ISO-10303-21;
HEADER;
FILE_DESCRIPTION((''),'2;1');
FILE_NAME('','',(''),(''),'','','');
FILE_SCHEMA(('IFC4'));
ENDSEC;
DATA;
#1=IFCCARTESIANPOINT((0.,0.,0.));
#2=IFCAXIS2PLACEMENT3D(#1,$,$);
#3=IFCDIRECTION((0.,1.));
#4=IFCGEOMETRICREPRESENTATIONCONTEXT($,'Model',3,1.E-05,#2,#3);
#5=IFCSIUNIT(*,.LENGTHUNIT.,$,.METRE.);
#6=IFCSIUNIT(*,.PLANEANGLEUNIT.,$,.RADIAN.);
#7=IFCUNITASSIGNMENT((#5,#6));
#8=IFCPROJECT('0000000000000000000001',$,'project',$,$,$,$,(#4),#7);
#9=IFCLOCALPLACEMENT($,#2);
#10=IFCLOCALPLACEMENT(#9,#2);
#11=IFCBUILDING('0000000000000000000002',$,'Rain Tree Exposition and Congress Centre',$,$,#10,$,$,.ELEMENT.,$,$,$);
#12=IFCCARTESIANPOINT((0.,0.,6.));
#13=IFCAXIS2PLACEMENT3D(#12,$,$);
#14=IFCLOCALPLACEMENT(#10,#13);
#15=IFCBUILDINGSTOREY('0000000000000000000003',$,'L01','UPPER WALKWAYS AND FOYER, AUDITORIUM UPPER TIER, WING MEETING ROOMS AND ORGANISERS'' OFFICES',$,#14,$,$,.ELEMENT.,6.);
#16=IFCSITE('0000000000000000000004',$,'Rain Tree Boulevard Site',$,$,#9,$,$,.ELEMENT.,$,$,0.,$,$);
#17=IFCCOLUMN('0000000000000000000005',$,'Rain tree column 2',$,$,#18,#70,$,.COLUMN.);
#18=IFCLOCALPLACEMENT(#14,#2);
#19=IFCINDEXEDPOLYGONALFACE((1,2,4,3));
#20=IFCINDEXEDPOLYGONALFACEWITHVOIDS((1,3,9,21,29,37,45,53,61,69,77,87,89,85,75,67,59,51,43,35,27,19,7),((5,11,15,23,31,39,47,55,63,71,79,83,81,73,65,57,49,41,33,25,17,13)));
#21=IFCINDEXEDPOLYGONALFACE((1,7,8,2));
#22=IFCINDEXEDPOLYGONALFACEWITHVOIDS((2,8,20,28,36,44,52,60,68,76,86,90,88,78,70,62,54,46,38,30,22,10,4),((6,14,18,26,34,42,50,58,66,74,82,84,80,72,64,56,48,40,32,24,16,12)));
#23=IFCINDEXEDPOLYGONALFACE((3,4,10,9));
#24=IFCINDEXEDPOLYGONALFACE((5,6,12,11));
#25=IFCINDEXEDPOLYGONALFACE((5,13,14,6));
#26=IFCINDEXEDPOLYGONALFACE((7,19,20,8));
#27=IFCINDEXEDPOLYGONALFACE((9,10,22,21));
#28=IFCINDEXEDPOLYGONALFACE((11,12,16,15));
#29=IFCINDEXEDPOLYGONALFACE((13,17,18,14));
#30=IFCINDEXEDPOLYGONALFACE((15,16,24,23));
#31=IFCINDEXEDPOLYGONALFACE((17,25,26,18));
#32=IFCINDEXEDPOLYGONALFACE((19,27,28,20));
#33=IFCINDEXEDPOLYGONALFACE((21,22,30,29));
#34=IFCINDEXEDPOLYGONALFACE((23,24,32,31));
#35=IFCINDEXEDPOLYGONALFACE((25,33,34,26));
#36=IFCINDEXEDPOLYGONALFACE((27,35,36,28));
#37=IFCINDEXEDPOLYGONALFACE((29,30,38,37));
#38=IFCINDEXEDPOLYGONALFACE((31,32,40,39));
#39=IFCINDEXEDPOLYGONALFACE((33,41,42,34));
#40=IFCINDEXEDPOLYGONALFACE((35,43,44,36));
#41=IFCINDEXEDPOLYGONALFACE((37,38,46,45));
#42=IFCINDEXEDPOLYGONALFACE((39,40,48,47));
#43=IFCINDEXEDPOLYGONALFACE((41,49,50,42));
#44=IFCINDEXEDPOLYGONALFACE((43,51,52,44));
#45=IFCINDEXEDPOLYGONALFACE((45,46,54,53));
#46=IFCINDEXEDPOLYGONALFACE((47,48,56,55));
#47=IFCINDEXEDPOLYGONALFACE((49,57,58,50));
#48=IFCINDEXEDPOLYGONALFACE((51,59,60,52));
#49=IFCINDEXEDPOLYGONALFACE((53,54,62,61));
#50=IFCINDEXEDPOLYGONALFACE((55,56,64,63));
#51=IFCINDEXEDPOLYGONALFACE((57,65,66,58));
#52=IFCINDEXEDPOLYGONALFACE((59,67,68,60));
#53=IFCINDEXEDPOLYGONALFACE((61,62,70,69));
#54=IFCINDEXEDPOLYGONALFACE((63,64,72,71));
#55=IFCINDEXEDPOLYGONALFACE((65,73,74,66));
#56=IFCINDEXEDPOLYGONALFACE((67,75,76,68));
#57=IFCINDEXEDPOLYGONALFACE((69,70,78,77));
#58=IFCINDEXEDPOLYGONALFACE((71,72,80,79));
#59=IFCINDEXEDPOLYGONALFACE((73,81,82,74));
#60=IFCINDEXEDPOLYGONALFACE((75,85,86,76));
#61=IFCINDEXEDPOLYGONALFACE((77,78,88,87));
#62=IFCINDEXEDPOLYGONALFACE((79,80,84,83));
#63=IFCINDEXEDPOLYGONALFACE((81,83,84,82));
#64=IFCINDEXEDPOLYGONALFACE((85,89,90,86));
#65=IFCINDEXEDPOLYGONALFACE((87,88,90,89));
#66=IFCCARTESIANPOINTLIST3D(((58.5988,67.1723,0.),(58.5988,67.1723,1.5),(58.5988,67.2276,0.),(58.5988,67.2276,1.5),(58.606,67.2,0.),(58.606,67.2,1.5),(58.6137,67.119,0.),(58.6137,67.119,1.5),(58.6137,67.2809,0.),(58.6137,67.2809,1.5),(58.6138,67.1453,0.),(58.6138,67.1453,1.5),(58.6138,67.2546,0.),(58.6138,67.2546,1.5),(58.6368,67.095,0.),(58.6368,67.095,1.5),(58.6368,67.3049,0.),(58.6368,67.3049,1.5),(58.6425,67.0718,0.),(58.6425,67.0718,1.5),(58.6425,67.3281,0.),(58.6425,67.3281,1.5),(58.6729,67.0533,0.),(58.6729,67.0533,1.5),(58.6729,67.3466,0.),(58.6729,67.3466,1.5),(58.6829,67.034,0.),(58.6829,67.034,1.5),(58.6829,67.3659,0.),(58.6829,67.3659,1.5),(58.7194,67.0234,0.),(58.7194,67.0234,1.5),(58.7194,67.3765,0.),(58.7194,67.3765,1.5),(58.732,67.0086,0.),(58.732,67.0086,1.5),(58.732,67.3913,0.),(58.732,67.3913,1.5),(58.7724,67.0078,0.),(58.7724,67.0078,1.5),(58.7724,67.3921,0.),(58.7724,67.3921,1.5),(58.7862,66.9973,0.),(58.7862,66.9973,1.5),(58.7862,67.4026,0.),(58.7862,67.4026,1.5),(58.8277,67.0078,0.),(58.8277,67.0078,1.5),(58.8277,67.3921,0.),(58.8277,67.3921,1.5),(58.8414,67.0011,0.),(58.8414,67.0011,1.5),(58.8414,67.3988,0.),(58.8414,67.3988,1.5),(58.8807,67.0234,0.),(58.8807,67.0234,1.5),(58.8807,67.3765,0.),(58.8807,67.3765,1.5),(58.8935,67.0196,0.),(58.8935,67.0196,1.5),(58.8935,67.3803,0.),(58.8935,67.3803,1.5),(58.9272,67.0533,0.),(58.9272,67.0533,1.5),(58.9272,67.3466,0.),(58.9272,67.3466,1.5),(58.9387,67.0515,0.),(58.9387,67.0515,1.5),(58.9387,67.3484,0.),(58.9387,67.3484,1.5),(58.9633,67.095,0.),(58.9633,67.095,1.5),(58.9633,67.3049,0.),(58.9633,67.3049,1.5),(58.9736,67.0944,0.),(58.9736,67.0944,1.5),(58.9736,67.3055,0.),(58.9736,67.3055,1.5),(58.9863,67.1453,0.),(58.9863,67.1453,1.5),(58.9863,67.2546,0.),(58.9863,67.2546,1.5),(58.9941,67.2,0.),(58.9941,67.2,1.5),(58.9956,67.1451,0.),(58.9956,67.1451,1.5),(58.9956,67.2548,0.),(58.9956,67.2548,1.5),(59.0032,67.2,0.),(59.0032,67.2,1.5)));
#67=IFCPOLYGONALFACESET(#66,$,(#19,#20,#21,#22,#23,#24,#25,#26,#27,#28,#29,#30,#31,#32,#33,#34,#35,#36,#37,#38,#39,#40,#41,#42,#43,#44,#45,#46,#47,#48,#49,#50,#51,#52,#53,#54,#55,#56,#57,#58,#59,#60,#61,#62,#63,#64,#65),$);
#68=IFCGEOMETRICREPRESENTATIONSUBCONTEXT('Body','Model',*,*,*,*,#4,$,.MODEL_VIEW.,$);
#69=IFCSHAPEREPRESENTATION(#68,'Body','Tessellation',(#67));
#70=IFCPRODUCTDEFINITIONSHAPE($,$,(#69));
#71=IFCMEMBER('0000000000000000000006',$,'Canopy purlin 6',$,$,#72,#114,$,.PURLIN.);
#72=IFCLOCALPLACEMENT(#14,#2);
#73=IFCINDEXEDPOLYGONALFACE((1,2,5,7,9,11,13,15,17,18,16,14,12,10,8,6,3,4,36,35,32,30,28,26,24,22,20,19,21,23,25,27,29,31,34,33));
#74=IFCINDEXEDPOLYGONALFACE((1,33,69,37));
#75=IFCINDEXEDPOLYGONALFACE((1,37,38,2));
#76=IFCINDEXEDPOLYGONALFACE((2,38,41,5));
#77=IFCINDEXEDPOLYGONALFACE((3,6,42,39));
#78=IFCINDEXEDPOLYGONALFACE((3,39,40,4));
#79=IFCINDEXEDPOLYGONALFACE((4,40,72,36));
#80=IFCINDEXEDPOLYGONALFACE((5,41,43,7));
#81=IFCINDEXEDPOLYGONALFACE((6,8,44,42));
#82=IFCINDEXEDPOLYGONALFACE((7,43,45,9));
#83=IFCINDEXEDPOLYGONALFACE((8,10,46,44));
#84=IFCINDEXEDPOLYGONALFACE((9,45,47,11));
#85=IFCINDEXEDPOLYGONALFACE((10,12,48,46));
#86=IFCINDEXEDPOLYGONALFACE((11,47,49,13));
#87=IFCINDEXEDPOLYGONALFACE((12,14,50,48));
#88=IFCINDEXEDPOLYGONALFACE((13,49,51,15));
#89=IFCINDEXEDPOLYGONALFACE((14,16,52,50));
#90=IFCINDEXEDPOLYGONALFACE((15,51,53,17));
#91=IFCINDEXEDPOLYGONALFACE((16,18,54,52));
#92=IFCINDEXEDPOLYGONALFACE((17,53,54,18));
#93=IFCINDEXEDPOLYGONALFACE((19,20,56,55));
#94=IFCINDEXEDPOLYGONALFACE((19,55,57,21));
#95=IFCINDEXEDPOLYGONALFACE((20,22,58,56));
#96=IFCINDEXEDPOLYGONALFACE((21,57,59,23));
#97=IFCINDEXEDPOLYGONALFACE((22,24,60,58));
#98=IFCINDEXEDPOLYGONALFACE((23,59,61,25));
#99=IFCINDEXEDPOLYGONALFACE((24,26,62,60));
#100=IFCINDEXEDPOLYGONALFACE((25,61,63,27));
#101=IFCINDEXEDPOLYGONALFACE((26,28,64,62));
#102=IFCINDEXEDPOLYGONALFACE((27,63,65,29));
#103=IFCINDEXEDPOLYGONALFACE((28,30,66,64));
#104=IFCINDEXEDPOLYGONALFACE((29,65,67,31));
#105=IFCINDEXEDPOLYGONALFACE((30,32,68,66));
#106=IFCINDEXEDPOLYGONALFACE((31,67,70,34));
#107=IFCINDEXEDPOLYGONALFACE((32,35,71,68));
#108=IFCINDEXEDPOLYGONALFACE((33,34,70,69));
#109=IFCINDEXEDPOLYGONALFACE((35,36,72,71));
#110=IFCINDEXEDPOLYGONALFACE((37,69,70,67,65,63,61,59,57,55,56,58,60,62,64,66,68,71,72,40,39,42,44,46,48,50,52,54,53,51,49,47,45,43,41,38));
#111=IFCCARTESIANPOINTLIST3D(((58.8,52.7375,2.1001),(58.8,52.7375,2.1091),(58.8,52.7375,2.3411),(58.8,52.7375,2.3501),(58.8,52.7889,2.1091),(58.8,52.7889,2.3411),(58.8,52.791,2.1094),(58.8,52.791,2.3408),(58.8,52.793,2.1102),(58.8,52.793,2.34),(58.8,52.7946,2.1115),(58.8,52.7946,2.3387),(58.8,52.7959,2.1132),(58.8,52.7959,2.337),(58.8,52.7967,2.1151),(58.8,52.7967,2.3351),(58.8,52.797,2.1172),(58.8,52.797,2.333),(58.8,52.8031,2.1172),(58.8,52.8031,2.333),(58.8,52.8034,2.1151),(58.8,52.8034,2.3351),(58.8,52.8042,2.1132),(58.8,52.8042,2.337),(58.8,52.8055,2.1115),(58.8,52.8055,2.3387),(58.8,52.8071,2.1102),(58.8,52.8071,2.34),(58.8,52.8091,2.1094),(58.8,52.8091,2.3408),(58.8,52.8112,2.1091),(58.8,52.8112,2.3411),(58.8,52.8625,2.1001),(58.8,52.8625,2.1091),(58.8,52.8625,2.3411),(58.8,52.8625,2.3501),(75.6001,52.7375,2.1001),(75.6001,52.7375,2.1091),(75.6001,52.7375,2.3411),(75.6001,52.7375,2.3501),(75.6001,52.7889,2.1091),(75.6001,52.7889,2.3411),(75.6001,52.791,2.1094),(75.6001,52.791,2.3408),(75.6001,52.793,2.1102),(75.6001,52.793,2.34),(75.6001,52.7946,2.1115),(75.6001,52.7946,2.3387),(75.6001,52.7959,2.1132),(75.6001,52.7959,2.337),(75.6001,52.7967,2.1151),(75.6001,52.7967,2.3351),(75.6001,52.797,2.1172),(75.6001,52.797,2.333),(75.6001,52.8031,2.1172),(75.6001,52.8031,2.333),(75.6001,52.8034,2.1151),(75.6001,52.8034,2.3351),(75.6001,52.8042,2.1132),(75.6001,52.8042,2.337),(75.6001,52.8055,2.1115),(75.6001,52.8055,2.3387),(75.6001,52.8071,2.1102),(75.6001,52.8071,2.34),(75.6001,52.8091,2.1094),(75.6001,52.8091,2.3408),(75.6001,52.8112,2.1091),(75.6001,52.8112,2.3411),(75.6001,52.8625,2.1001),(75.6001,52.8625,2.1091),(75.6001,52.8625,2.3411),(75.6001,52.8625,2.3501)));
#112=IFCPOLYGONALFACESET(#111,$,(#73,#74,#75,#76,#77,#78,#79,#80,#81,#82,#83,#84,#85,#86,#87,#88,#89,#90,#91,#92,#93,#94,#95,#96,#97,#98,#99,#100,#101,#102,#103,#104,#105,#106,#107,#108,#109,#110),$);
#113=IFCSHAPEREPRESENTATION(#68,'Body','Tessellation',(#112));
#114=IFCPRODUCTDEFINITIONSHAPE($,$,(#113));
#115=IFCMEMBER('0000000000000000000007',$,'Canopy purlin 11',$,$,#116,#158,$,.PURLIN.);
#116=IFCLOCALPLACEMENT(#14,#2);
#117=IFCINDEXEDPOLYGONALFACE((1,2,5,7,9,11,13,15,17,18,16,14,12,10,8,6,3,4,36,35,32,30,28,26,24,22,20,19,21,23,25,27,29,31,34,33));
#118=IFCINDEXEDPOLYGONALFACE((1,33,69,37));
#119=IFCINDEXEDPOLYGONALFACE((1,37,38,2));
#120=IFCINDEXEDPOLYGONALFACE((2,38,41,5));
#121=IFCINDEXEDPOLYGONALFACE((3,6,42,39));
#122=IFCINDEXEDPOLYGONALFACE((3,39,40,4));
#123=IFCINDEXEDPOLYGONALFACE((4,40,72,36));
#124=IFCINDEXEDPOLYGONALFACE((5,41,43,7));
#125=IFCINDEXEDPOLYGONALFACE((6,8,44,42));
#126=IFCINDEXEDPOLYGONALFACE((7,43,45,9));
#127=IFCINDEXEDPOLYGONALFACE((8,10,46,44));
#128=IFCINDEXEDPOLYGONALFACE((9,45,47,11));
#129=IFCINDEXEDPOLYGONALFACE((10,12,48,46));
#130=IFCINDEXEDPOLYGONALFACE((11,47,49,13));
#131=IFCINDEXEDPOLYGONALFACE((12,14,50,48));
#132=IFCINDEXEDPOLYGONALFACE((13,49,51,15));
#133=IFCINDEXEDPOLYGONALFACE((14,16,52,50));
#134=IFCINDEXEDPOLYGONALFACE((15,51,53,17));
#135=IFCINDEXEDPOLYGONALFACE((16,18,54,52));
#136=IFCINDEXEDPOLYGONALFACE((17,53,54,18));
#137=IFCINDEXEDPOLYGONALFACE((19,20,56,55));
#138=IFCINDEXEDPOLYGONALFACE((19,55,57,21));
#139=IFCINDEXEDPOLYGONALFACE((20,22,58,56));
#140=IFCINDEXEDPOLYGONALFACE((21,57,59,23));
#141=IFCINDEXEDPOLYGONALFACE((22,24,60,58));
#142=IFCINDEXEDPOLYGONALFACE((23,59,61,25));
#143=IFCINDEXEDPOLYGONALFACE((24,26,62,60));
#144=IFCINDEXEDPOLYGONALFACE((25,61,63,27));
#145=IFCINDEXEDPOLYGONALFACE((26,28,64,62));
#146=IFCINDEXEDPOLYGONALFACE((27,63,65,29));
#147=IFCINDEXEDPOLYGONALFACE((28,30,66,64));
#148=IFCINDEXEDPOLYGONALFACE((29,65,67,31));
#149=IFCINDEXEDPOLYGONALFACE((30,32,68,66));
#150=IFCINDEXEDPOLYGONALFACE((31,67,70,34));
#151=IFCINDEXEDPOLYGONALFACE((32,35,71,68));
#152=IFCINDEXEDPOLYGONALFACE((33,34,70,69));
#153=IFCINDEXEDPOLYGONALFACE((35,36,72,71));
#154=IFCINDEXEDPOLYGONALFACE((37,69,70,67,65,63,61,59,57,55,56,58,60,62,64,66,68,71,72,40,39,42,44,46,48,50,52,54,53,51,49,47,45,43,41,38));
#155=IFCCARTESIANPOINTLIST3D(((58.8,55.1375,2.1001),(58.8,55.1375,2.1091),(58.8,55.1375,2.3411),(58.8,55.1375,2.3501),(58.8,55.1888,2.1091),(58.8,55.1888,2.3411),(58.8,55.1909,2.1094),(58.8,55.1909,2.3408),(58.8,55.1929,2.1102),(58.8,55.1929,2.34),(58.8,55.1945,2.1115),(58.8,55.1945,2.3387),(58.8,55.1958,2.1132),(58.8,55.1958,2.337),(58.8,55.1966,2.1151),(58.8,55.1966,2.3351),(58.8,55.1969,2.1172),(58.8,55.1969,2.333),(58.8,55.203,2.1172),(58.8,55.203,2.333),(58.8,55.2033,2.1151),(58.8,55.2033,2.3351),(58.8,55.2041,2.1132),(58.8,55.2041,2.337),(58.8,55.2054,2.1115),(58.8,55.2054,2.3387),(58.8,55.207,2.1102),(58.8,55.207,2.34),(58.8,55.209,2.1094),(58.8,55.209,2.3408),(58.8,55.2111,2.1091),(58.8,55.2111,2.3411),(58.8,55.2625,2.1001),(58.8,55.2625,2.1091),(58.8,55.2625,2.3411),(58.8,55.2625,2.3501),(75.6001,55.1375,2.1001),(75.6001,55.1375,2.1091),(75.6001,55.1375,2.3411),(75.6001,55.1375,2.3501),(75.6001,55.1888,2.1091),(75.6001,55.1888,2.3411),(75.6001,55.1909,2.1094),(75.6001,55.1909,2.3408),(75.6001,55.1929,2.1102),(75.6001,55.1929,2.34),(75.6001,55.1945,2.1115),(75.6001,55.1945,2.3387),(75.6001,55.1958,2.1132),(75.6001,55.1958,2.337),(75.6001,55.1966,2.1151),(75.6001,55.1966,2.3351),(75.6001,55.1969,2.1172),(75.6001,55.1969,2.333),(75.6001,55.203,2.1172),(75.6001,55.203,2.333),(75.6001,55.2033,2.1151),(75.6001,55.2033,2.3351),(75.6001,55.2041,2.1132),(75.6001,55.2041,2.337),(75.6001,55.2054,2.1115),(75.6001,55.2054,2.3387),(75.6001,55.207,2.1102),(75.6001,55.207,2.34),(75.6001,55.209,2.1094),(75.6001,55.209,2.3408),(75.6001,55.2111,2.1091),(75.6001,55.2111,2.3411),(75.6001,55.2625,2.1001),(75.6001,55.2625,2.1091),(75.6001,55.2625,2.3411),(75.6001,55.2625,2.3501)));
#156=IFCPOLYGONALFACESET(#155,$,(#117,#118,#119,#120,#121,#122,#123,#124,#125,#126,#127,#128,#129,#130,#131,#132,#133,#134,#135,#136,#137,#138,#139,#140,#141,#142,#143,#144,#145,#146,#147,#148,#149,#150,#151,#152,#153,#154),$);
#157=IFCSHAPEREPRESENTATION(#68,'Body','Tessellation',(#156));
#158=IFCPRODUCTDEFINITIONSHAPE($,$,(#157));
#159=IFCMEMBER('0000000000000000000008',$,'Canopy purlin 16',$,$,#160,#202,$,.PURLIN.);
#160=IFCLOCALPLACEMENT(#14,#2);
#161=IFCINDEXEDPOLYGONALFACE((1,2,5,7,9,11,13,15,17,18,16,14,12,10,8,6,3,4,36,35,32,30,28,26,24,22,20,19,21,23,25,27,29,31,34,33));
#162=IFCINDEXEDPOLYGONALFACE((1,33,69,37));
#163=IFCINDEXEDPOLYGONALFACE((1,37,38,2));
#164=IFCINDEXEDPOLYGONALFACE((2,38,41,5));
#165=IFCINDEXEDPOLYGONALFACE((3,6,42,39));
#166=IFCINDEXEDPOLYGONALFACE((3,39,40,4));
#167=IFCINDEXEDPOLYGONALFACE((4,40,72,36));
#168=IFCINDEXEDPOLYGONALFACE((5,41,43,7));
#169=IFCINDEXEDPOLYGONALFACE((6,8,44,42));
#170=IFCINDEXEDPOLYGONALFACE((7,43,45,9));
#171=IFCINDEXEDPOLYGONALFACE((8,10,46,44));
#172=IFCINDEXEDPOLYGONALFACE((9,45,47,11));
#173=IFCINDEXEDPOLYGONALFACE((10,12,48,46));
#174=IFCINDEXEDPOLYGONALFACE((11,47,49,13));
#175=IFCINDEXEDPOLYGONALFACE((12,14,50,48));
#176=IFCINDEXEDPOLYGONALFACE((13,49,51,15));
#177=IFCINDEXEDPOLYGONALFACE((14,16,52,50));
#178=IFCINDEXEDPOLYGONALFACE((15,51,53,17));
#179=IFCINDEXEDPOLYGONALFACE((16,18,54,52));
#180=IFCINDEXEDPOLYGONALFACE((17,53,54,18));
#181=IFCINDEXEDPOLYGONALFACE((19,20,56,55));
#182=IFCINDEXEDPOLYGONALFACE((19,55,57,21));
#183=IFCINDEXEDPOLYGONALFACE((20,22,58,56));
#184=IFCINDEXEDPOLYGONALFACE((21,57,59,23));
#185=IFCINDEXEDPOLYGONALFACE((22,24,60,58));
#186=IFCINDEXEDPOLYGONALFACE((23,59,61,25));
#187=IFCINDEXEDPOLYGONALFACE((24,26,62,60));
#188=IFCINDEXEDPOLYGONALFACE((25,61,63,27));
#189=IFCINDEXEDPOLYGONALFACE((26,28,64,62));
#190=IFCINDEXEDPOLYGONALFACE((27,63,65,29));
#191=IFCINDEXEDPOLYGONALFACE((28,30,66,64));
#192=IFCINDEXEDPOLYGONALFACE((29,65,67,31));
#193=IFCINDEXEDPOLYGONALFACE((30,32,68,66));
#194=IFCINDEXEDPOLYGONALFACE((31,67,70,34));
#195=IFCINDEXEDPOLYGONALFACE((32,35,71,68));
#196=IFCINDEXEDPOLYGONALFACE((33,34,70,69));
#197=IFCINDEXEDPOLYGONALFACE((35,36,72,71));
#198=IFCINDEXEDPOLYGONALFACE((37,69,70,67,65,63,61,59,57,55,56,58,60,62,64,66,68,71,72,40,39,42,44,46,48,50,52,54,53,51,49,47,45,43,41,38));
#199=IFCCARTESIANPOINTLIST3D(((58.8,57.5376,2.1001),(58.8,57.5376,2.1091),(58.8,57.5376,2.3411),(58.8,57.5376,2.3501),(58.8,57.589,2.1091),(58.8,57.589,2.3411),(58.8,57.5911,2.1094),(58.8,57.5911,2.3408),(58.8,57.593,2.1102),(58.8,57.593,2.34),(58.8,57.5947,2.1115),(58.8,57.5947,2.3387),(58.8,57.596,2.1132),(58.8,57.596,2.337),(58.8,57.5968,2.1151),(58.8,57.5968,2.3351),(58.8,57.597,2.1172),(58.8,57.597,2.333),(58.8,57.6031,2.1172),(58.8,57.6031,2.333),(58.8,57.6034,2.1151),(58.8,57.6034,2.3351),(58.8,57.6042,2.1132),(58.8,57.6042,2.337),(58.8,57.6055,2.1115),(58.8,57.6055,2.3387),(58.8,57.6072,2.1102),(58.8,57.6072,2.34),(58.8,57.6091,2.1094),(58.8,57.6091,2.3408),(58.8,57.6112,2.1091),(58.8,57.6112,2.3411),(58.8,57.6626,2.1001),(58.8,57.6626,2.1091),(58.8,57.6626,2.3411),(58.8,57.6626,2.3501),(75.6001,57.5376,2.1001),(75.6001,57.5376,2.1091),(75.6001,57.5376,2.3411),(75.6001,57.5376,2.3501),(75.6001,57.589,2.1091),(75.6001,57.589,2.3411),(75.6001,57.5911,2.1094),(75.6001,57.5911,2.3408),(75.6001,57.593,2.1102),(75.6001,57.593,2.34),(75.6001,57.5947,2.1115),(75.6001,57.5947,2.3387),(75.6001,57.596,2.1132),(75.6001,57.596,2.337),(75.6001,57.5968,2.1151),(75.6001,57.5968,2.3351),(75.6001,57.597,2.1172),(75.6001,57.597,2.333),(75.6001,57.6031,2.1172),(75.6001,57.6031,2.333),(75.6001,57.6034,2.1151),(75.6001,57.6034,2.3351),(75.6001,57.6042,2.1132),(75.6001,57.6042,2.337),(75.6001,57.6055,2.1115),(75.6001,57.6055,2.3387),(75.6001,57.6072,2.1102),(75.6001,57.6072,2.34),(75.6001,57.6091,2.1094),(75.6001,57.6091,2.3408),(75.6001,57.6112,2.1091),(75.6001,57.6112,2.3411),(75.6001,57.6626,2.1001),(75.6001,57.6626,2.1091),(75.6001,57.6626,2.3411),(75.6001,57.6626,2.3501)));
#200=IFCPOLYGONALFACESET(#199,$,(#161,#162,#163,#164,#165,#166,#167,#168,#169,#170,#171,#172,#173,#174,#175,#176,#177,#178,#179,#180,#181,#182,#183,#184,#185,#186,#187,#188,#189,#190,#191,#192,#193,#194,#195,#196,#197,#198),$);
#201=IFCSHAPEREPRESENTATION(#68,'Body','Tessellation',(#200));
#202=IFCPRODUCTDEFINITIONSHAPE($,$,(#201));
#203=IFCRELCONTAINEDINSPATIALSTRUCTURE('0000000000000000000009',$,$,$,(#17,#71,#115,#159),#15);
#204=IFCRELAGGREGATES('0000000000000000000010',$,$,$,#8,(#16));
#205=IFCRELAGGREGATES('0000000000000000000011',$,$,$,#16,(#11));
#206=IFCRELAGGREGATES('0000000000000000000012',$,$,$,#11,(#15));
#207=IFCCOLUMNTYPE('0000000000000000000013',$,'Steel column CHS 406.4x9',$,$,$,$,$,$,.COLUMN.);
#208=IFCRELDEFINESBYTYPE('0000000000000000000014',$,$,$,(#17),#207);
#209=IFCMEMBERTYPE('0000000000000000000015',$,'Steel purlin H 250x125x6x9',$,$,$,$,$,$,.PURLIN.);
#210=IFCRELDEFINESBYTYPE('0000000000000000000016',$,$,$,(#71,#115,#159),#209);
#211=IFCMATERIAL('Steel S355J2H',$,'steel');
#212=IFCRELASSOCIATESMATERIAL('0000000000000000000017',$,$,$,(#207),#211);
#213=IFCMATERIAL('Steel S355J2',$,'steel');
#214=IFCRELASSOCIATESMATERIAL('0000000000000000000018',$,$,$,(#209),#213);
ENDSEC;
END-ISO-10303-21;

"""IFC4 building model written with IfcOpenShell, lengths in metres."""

from ifc_helpers import new_model, si_unit, direction, frame, origin, origin_2d, place, context, subcontext, project, spatial, hollow_circle, i_section, extrude, material, material_profile, profile_set, type_object, element, save


model = new_model("IFC4")

# Units and contexts
model_context = context("Model", 3, precision=1e-05, world=origin(), true_north=direction((0.0, 1.0)))
body_context = subcontext(model_context, "Body", "Model", "MODEL_VIEW")
ifc_project = project(units=[si_unit("LENGTHUNIT", "METRE"), si_unit("PLANEANGLEUNIT", "RADIAN")], contexts=[model_context])

# Site, building, storey
site_placement = place(None, origin())
site = spatial("IfcSite", under=ifc_project, at=site_placement, Name="Rain Tree Boulevard Site", CompositionType="ELEMENT", RefElevation=0.0)
building_placement = place(site_placement, origin())
building = spatial("IfcBuilding", under=site, at=building_placement, Name="Rain Tree Exposition and Congress Centre", CompositionType="ELEMENT")
storey_placement = place(building_placement, frame((0.0, 0.0, 6.0)))
storey = spatial("IfcBuildingStorey", under=building, at=storey_placement, Name="L01", Description="UPPER WALKWAYS AND FOYER, AUDITORIUM UPPER TIER, WING MEETING ROOMS AND ORGANISERS' OFFICES", CompositionType="ELEMENT", Elevation=6.0)

# Column
ifc_material_1 = material(Name="Steel S355J2H", Category="steel")
ifc_material_profile_1 = material_profile(ifc_material_1, hollow_circle(Radius=0.2031, WallThickness=0.009, at=origin_2d()), Name="CHS 406.4x9")
ifc_profile_set_1 = profile_set([ifc_material_profile_1], Name="Steel S355J2H")
column_type = type_object("IfcColumnType", Name="Steel column CHS 406.4x9", PredefinedType="COLUMN", material=ifc_profile_set_1)
column_placement = place(storey_placement, frame((58.8, 67.2, 0.0), z_axis=(0.0, 0.0, 1.0), x_axis=(1.0, 0.0, 0.0)))
element("IfcColumn", 1, at=column_placement, inside=storey, type_object=column_type, Name="Rain tree column 2", PredefinedType="COLUMN", context=body_context, shape_type="SweptSolid", body=[
    extrude(hollow_circle(Radius=0.2031, WallThickness=0.009, at=origin_2d()), origin(), (0.0, 0.0, 1.0), 1.5),
])

# Members
ifc_material_2 = material(Name="Steel S355J2", Category="steel")
ifc_material_profile_2 = material_profile(ifc_material_2, i_section(OverallWidth=0.125, OverallDepth=0.25, WebThickness=0.0061, FlangeThickness=0.009, FilletRadius=0.0081, at=origin_2d()), Name="H 250x125x6x9")
ifc_profile_set_2 = profile_set([ifc_material_profile_2], Name="Steel S355J2")
member_type = type_object("IfcMemberType", Name="Steel purlin H 250x125x6x9", PredefinedType="PURLIN", material=ifc_profile_set_2)
for number, where, z_axis, x_axis, name in (
    (2, (58.8, 52.8, 2.2251), (1.0, 0.0, 0.0), (0.0, 1.0, 0.0), "Canopy purlin 6"),
    (3, (58.8, 55.2, 2.2251), (1.0, 0.0, 0.0), (0.0, 1.0, 0.0), "Canopy purlin 11"),
    (4, (58.8, 57.6001, 2.2251), (1.0, 0.0, 0.0), (0.0, 1.0, 0.0), "Canopy purlin 16"),
):
    element("IfcMember", number, at=place(storey_placement, frame(where, z_axis=z_axis, x_axis=x_axis)), inside=storey, type_object=member_type, Name=name, PredefinedType="PURLIN", context=body_context, shape_type="SweptSolid", body=[
        extrude(i_section(OverallWidth=0.125, OverallDepth=0.25, WebThickness=0.0061, FlangeThickness=0.009, FilletRadius=0.0081, at=origin_2d()), origin(), (0.0, 0.0, 1.0), 16.8),
    ])

save(model, "model.ifc")
